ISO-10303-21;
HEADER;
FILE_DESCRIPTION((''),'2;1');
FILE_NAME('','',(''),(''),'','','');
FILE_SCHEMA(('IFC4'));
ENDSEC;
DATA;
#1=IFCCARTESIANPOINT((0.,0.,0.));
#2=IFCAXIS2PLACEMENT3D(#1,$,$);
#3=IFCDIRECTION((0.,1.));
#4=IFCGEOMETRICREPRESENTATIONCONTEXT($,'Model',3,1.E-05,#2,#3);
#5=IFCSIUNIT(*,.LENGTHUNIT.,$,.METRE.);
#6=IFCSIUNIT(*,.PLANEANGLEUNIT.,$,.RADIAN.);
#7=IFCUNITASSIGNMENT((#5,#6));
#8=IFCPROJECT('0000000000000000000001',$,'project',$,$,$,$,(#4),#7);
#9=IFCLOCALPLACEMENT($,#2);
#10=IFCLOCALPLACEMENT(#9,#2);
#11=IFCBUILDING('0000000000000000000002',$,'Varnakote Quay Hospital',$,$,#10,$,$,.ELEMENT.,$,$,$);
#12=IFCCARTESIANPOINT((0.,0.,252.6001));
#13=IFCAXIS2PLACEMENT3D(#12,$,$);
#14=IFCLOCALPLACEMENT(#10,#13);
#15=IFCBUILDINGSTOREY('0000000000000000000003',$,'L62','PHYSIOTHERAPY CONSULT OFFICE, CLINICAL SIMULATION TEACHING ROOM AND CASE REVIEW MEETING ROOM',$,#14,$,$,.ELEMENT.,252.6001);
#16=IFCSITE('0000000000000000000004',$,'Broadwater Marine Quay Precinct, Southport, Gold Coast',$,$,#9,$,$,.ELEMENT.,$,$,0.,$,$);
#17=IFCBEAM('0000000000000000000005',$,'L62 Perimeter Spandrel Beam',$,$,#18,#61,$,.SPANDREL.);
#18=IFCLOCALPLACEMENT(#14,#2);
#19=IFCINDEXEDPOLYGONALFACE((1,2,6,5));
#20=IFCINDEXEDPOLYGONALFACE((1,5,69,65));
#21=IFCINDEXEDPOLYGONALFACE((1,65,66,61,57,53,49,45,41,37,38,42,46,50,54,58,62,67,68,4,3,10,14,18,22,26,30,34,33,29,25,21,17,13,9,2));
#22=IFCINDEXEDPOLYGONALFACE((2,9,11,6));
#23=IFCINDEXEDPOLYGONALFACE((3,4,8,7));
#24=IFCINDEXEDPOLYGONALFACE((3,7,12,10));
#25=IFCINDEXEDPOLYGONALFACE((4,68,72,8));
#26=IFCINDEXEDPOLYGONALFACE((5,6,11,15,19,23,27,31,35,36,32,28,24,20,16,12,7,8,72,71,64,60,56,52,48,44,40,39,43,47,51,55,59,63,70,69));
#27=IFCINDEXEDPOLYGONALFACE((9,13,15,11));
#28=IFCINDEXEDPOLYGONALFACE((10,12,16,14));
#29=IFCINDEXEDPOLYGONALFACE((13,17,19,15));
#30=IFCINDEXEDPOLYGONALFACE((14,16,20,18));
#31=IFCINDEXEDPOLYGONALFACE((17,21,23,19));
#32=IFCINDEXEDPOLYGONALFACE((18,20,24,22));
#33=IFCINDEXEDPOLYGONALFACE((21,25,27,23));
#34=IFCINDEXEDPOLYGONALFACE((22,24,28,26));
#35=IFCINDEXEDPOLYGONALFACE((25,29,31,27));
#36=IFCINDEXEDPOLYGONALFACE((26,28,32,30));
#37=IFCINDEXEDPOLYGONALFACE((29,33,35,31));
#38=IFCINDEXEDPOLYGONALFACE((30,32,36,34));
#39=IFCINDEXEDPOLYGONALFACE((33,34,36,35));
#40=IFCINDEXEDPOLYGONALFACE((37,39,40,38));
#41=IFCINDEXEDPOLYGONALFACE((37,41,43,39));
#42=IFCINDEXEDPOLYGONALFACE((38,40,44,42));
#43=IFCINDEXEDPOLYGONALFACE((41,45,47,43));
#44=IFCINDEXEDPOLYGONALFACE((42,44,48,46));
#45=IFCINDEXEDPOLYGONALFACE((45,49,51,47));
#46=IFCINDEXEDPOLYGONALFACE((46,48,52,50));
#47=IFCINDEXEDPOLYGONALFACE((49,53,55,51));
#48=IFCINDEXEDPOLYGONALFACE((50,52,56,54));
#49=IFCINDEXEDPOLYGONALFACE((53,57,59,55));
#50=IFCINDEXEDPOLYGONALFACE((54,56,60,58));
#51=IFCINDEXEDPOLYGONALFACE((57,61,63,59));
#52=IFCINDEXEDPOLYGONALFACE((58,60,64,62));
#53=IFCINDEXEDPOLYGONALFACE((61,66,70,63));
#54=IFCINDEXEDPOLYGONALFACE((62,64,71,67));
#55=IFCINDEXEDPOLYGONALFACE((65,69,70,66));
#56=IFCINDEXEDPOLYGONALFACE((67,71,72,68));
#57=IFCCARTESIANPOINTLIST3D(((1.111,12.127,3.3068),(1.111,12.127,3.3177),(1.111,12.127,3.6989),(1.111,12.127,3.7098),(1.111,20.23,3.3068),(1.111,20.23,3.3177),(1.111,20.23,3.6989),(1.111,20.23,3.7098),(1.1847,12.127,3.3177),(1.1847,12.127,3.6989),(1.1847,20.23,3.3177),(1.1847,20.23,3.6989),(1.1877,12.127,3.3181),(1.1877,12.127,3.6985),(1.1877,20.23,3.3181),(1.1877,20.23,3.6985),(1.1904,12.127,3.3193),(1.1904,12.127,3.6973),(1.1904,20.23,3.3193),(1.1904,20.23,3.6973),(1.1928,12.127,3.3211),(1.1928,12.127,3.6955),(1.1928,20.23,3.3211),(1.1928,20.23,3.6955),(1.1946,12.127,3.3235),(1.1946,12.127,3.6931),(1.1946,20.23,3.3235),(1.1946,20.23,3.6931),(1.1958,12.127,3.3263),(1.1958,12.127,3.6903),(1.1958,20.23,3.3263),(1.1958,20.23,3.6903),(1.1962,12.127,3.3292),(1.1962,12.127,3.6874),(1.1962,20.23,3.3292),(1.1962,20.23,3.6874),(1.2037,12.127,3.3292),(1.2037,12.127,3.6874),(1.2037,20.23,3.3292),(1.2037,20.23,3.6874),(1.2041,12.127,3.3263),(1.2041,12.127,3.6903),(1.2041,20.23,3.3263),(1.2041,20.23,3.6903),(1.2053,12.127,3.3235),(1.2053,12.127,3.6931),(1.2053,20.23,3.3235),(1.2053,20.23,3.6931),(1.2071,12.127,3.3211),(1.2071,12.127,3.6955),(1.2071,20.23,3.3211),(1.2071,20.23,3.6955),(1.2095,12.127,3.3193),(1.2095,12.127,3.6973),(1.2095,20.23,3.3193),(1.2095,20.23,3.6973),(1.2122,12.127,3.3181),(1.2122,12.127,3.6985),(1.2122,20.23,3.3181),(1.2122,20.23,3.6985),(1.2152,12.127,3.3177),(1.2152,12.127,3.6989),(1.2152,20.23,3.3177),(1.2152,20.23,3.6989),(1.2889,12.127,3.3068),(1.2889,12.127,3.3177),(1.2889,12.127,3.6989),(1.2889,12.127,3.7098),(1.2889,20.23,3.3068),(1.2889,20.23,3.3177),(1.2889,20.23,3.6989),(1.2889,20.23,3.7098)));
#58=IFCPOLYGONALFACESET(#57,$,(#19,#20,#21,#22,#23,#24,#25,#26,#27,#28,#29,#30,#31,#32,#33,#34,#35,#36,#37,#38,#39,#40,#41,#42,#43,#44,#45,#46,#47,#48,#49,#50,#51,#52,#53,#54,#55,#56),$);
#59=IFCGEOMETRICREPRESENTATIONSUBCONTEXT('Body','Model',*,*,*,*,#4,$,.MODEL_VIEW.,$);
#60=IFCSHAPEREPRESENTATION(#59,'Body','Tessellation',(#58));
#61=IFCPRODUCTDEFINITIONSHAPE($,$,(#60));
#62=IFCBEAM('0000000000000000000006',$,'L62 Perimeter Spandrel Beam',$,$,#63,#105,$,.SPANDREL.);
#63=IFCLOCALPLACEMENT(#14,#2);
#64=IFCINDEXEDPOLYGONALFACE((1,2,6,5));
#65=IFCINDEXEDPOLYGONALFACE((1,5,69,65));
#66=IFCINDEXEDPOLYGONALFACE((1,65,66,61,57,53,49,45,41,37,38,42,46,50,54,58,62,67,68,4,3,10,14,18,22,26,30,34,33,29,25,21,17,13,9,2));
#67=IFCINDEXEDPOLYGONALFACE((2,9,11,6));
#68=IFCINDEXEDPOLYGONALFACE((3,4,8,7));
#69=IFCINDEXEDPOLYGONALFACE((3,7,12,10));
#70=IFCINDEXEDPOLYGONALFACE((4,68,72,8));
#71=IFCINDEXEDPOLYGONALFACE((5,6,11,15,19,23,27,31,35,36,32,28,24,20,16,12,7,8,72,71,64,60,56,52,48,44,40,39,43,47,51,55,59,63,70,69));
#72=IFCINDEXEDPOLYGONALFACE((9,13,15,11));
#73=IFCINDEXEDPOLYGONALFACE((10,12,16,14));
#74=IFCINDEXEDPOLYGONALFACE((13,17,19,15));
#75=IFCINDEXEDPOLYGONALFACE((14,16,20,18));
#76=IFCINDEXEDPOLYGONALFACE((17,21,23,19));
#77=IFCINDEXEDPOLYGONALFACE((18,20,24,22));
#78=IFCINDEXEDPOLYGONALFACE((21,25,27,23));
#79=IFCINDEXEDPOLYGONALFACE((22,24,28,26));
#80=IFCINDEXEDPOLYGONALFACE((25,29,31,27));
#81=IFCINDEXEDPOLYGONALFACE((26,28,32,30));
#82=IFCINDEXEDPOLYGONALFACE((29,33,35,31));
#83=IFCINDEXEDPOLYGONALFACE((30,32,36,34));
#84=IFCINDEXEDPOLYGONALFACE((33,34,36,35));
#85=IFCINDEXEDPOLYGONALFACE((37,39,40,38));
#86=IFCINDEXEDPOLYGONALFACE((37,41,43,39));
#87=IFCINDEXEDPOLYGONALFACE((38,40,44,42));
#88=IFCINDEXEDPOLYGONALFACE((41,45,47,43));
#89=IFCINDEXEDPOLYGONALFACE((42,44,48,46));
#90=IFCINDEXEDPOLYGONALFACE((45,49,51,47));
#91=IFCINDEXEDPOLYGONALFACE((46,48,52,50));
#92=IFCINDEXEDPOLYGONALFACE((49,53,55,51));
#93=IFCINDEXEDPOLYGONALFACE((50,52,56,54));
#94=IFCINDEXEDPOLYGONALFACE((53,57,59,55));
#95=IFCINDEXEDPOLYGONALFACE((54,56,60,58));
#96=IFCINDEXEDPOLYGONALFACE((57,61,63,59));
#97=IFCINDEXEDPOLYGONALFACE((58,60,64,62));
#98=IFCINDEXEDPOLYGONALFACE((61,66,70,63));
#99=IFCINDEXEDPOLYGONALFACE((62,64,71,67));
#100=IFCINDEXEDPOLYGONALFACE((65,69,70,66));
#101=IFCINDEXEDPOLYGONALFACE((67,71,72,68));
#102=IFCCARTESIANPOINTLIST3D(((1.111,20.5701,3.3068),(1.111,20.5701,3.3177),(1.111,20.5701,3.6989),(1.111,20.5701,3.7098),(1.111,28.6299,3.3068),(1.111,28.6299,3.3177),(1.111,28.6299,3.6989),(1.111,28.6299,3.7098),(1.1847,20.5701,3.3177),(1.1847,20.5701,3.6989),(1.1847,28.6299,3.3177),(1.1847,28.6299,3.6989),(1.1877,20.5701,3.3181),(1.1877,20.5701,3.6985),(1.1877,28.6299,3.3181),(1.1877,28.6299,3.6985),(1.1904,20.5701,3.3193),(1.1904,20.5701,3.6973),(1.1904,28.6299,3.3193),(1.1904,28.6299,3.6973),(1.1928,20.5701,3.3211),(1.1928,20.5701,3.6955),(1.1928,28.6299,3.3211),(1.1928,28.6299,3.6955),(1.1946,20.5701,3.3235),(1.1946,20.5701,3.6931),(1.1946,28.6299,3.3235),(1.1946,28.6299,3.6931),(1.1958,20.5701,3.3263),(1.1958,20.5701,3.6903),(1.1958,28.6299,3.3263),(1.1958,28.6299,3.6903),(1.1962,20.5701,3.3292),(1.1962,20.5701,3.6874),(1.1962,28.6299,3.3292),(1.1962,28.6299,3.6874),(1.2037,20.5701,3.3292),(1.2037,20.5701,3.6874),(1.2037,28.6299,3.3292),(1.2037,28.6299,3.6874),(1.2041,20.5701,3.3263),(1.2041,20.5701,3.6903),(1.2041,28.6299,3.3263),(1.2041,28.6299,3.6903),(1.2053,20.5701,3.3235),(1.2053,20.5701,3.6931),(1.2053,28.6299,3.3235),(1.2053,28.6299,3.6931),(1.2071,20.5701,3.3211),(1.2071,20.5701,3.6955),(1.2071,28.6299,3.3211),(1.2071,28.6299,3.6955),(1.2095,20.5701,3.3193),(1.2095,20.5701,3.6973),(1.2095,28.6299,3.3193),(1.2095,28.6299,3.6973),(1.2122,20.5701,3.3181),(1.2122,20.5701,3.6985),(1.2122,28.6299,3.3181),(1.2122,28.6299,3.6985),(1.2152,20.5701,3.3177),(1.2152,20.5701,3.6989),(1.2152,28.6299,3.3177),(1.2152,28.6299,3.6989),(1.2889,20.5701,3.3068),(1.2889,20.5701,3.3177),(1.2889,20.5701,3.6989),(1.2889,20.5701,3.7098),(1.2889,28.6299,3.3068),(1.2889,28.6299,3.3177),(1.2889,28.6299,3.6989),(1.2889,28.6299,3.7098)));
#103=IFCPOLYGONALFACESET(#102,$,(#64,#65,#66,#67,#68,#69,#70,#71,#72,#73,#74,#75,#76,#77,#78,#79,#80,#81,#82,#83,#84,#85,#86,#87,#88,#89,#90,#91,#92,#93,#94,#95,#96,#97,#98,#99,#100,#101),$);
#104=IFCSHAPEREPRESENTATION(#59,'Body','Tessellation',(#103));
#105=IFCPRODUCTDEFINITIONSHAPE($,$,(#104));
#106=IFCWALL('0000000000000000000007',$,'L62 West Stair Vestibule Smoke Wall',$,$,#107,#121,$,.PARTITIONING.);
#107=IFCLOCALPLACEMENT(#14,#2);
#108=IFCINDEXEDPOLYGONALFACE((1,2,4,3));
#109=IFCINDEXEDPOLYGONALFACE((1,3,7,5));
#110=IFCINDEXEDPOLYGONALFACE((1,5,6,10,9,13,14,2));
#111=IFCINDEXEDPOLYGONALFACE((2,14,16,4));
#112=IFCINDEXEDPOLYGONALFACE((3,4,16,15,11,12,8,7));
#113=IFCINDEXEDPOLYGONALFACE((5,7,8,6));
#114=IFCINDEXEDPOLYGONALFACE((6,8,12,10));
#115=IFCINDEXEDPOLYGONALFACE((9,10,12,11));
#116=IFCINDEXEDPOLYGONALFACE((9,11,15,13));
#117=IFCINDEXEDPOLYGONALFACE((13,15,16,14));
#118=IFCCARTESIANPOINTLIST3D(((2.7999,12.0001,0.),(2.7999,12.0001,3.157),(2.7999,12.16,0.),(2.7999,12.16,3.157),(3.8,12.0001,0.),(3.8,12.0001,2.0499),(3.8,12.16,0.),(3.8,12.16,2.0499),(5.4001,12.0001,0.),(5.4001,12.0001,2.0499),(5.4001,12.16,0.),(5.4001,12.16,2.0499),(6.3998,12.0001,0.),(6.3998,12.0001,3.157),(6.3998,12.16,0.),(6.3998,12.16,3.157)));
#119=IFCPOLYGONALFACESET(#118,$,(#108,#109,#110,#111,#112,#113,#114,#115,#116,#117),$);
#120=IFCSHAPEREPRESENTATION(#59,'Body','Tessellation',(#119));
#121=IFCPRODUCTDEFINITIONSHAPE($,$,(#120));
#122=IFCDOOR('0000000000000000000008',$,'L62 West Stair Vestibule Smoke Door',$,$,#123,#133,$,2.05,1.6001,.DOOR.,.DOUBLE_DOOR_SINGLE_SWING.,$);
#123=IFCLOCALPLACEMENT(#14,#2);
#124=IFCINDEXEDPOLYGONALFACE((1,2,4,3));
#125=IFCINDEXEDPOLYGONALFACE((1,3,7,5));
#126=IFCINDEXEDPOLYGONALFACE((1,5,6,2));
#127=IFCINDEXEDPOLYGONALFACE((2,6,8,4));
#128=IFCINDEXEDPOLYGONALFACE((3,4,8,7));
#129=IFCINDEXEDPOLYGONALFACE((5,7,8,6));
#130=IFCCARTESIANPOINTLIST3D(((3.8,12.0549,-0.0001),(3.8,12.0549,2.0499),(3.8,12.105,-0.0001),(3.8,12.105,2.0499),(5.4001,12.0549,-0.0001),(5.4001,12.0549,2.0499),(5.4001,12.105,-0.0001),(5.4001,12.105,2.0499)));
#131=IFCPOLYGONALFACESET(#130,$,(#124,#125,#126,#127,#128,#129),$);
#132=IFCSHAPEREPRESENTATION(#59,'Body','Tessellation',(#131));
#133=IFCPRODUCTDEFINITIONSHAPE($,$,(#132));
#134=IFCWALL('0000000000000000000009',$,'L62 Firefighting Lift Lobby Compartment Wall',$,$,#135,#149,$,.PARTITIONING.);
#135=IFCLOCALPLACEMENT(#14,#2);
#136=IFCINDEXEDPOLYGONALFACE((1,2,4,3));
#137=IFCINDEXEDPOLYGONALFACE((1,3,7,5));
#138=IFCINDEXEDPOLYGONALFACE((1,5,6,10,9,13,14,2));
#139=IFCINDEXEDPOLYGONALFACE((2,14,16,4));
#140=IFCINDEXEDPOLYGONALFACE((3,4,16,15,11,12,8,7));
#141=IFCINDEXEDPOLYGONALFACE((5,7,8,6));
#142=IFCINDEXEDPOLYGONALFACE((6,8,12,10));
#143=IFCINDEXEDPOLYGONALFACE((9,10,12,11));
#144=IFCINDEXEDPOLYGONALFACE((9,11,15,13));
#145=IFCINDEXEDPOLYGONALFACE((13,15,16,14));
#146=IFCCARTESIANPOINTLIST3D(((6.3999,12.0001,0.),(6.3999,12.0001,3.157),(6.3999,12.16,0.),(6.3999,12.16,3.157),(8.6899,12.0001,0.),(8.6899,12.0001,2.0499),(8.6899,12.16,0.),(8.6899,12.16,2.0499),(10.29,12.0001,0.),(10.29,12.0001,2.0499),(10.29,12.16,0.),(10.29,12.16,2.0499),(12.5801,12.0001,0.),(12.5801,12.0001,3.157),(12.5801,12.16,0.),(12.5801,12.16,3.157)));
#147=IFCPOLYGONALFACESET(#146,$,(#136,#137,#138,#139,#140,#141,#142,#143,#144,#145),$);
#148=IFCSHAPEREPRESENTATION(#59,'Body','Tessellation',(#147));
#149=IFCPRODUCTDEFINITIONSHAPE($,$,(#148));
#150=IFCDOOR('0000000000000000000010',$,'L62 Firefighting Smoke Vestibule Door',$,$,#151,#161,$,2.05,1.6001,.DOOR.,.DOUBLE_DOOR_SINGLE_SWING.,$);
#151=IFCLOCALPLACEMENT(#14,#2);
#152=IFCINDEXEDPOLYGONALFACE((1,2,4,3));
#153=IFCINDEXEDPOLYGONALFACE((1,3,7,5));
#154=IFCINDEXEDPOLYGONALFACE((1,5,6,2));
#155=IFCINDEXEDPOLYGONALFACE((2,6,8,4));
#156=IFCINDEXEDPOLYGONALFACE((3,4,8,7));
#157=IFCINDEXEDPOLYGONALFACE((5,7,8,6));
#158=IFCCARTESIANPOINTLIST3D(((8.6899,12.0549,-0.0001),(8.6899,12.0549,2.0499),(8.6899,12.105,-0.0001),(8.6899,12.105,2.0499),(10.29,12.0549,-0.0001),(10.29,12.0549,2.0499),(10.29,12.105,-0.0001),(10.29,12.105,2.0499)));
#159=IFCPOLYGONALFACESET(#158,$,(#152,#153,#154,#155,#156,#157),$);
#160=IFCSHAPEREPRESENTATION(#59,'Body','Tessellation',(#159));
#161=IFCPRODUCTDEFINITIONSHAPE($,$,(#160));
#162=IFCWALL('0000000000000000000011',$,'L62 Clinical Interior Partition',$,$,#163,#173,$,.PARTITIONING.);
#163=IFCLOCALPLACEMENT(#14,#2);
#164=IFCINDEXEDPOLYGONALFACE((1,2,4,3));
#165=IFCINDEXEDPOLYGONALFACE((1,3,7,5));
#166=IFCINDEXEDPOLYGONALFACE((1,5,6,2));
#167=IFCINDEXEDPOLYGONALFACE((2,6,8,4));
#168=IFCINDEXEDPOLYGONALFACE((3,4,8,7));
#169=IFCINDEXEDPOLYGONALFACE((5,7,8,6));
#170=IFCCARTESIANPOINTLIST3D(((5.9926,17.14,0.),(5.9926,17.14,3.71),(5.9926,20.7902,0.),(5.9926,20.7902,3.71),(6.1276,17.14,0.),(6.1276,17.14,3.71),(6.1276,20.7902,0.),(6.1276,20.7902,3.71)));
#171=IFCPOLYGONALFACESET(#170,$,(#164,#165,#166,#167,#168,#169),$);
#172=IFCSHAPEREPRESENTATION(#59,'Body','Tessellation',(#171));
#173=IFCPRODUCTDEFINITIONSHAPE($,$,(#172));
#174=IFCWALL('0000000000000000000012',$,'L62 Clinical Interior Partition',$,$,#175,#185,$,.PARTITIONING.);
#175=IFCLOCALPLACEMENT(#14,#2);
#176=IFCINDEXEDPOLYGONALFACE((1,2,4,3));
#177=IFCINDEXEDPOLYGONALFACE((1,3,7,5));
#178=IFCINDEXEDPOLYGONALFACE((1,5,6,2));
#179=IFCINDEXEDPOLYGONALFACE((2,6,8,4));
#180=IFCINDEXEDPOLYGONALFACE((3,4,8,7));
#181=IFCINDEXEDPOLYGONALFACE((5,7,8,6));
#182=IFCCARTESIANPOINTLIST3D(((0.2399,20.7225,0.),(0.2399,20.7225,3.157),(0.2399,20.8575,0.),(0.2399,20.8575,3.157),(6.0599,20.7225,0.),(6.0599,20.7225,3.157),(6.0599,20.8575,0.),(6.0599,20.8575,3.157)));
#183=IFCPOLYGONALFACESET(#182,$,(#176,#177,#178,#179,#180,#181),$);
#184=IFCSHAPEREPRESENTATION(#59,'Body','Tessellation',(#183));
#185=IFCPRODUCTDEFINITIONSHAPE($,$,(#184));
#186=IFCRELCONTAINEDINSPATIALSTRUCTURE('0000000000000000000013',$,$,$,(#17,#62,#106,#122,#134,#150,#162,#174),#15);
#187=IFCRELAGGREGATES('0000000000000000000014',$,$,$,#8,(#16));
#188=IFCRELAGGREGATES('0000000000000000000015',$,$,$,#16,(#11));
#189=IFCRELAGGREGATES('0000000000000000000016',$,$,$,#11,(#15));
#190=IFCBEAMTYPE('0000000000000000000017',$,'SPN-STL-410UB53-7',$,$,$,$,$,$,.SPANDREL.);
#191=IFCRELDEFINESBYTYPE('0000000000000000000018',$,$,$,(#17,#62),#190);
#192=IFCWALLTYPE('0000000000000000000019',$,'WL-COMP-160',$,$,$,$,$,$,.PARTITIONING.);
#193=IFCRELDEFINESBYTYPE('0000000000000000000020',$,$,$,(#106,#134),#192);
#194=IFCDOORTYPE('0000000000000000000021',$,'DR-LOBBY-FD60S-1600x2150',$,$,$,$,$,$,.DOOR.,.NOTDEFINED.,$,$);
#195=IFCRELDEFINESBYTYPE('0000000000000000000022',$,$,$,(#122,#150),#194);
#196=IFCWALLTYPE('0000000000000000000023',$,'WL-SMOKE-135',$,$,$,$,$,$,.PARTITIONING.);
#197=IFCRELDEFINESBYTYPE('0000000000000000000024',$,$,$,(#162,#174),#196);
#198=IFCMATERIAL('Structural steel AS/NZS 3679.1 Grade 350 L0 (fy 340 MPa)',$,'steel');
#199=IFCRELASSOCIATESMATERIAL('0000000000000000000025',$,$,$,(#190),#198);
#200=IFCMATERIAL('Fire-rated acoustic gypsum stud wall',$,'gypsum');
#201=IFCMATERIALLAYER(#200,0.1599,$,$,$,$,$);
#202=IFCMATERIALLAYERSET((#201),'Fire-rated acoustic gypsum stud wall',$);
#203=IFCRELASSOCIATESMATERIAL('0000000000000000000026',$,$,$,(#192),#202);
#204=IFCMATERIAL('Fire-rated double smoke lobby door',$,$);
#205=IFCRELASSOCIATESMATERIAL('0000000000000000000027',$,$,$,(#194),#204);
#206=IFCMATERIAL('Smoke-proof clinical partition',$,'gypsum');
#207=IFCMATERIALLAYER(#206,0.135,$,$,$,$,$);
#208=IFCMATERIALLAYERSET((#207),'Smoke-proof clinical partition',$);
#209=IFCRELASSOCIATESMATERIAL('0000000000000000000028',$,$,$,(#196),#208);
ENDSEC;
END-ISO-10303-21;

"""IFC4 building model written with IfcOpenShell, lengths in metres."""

from ifc_helpers import new_model, si_unit, direction, frame, frame_2d, origin, origin_2d, place, context, subcontext, project, spatial, rectangle, i_section, extrude, material, layer, layer_set, material_profile, profile_set, type_object, element, fill, save


model = new_model("IFC4")

# Units and contexts
model_context = context("Model", 3, precision=1e-05, world=origin(), true_north=direction((0.0, 1.0)))
body_context = subcontext(model_context, "Body", "Model", "MODEL_VIEW")
ifc_project = project(units=[si_unit("LENGTHUNIT", "METRE"), si_unit("PLANEANGLEUNIT", "RADIAN")], contexts=[model_context])

# Site, building, storey
site_placement = place(None, origin())
site = spatial("IfcSite", under=ifc_project, at=site_placement, Name="Broadwater Marine Quay Precinct, Southport, Gold Coast", CompositionType="ELEMENT", RefElevation=0.0)
building_placement = place(site_placement, origin())
building = spatial("IfcBuilding", under=site, at=building_placement, Name="Varnakote Quay Hospital", CompositionType="ELEMENT")
storey_placement = place(building_placement, frame((0.0, 0.0, 252.6001)))
storey = spatial("IfcBuildingStorey", under=building, at=storey_placement, Name="L62", Description="PHYSIOTHERAPY CONSULT OFFICE, CLINICAL SIMULATION TEACHING ROOM AND CASE REVIEW MEETING ROOM", CompositionType="ELEMENT", Elevation=252.6001)

# Beams
ifc_material_1 = material(Name="Structural steel AS/NZS 3679.1 Grade 350 L0 (fy 340 MPa)", Category="steel")
ifc_material_profile_1 = material_profile(ifc_material_1, i_section(OverallWidth=0.178, OverallDepth=0.4031, WebThickness=0.0076, FlangeThickness=0.011, FilletRadius=0.0115, at=origin_2d()), Name="410UB53.7")
ifc_profile_set_1 = profile_set([ifc_material_profile_1], Name="Structural steel AS/NZS 3679.1 Grade 350 L0 (fy 340 MPa)")
beam_type_1 = type_object("IfcBeamType", Name="SPN-STL-410UB53-7", PredefinedType="SPANDREL", material=ifc_profile_set_1)
beam_1_placement = place(storey_placement, frame((1.2, 12.127, 3.5083), z_axis=(0.0, 1.0, 0.0), x_axis=(-1.0, 0.0, 0.0)))
element("IfcBeam", 1, at=beam_1_placement, inside=storey, type_object=beam_type_1, Name="L62 Perimeter Spandrel Beam", PredefinedType="SPANDREL", context=body_context, shape_type="SweptSolid", body=[
    extrude(i_section(OverallWidth=0.178, OverallDepth=0.4031, WebThickness=0.0076, FlangeThickness=0.011, FilletRadius=0.0115, at=origin_2d()), origin(), (0.0, 0.0, 1.0), 8.103),
])
beam_2_placement = place(storey_placement, frame((1.2, 20.5701, 3.5083), z_axis=(0.0, 1.0, 0.0), x_axis=(-1.0, 0.0, 0.0)))
element("IfcBeam", 2, at=beam_2_placement, inside=storey, type_object=beam_type_1, Name="L62 Perimeter Spandrel Beam", PredefinedType="SPANDREL", context=body_context, shape_type="SweptSolid", body=[
    extrude(i_section(OverallWidth=0.178, OverallDepth=0.4031, WebThickness=0.0076, FlangeThickness=0.011, FilletRadius=0.0115, at=origin_2d()), origin(), (0.0, 0.0, 1.0), 8.0598),
])

# Walls, openings, doors
ifc_material_2 = material(Name="Fire-rated acoustic gypsum stud wall", Category="gypsum")
ifc_layer_1 = layer(ifc_material_2, 0.1599)
ifc_layer_set_1 = layer_set([ifc_layer_1], Name="Fire-rated acoustic gypsum stud wall")
wall_type_1 = type_object("IfcWallType", Name="WL-COMP-160", PredefinedType="PARTITIONING", material=ifc_layer_set_1)
wall_1_placement = place(storey_placement, frame((2.8, 12.0801, 0.0), z_axis=(0.0, 0.0, 1.0), x_axis=(1.0, 0.0, 0.0)))
wall_1 = element("IfcWall", 3, at=wall_1_placement, inside=storey, type_object=wall_type_1, Name="L62 West Stair Vestibule Smoke Wall", PredefinedType="PARTITIONING", context=body_context, shape_type="SweptSolid", body=[
    extrude(rectangle(XDim=3.5999, YDim=0.1599, at=frame_2d((1.7998, 0.0))), origin(), (0.0, 0.0, 1.0), 3.157),
])
opening_1_placement = place(wall_1_placement, frame((1.0, 0.0, 0.0)))
opening_1 = element("IfcOpeningElement", 4, at=opening_1_placement, cuts=wall_1, PredefinedType="OPENING", context=body_context, shape_type="SweptSolid", body=[
    extrude(rectangle(XDim=1.6001, YDim=2.05, at=frame_2d((0.8, 1.0249))), frame((0.0, 0.0898, 0.0), z_axis=(0.0, -1.0, 0.0), x_axis=(1.0, 0.0, 0.0)), (0.0, 0.0, 1.0), 0.1799),
])
ifc_material_3 = material(Name="Fire-rated double smoke lobby door")
door_type_1 = type_object("IfcDoorType", Name="DR-LOBBY-FD60S-1600x2150", OperationType="NOTDEFINED", PredefinedType="DOOR", material=ifc_material_3)
door_1_placement = place(opening_1_placement, origin())
door_1 = element("IfcDoor", 5, at=door_1_placement, inside=storey, type_object=door_type_1, Name="L62 West Stair Vestibule Smoke Door", OperationType="DOUBLE_DOOR_SINGLE_SWING", OverallHeight=2.05, OverallWidth=1.6001, PredefinedType="DOOR", context=body_context, shape_type="SweptSolid", body=[
    extrude(rectangle(XDim=1.6001, YDim=2.05, at=frame_2d((0.8, 1.0249))), frame((0.0, 0.0249, 0.0), z_axis=(0.0, -1.0, 0.0), x_axis=(1.0, 0.0, 0.0)), (0.0, 0.0, 1.0), 0.05),
])
fill(opening_1, door_1)
wall_2_placement = place(storey_placement, frame((6.3999, 12.0801, 0.0), z_axis=(0.0, 0.0, 1.0), x_axis=(1.0, 0.0, 0.0)))
wall_2 = element("IfcWall", 6, at=wall_2_placement, inside=storey, type_object=wall_type_1, Name="L62 Firefighting Lift Lobby Compartment Wall", PredefinedType="PARTITIONING", context=body_context, shape_type="SweptSolid", body=[
    extrude(rectangle(XDim=6.1802, YDim=0.1599, at=frame_2d((3.0901, 0.0))), origin(), (0.0, 0.0, 1.0), 3.157),
])
opening_2_placement = place(wall_2_placement, frame((2.29, 0.0, 0.0)))
opening_2 = element("IfcOpeningElement", 7, at=opening_2_placement, cuts=wall_2, PredefinedType="OPENING", context=body_context, shape_type="SweptSolid", body=[
    extrude(rectangle(XDim=1.6001, YDim=2.05, at=frame_2d((0.8, 1.0249))), frame((0.0, 0.0898, 0.0), z_axis=(0.0, -1.0, 0.0), x_axis=(1.0, 0.0, 0.0)), (0.0, 0.0, 1.0), 0.1799),
])
door_2_placement = place(opening_2_placement, origin())
door_2 = element("IfcDoor", 8, at=door_2_placement, inside=storey, type_object=door_type_1, Name="L62 Firefighting Smoke Vestibule Door", OperationType="DOUBLE_DOOR_SINGLE_SWING", OverallHeight=2.05, OverallWidth=1.6001, PredefinedType="DOOR", context=body_context, shape_type="SweptSolid", body=[
    extrude(rectangle(XDim=1.6001, YDim=2.05, at=frame_2d((0.8, 1.0249))), frame((0.0, 0.0249, 0.0), z_axis=(0.0, -1.0, 0.0), x_axis=(1.0, 0.0, 0.0)), (0.0, 0.0, 1.0), 0.05),
])
fill(opening_2, door_2)

# Walls
ifc_material_4 = material(Name="Smoke-proof clinical partition", Category="gypsum")
ifc_layer_2 = layer(ifc_material_4, 0.135)
ifc_layer_set_2 = layer_set([ifc_layer_2], Name="Smoke-proof clinical partition")
wall_type_2 = type_object("IfcWallType", Name="WL-SMOKE-135", PredefinedType="PARTITIONING", material=ifc_layer_set_2)
wall_3_placement = place(storey_placement, frame((6.0601, 17.1399, 0.0), z_axis=(0.0, 0.0, 1.0), x_axis=(0.0, 1.0, 0.0)))
element("IfcWall", 9, at=wall_3_placement, inside=storey, type_object=wall_type_2, Name="L62 Clinical Interior Partition", PredefinedType="PARTITIONING", context=body_context, shape_type="SweptSolid", body=[
    extrude(rectangle(XDim=3.6501, YDim=0.135, at=frame_2d((1.8252, 0.0))), origin(), (0.0, 0.0, 1.0), 3.71),
])
wall_4_placement = place(storey_placement, frame((6.0601, 20.79, 0.0), z_axis=(0.0, 0.0, 1.0), x_axis=(-1.0, 0.0, 0.0)))
element("IfcWall", 10, at=wall_4_placement, inside=storey, type_object=wall_type_2, Name="L62 Clinical Interior Partition", PredefinedType="PARTITIONING", context=body_context, shape_type="SweptSolid", body=[
    extrude(rectangle(XDim=5.8201, YDim=0.135, at=frame_2d((2.9102, 0.0))), origin(), (0.0, 0.0, 1.0), 3.157),
])

save(model, "model.ifc")
